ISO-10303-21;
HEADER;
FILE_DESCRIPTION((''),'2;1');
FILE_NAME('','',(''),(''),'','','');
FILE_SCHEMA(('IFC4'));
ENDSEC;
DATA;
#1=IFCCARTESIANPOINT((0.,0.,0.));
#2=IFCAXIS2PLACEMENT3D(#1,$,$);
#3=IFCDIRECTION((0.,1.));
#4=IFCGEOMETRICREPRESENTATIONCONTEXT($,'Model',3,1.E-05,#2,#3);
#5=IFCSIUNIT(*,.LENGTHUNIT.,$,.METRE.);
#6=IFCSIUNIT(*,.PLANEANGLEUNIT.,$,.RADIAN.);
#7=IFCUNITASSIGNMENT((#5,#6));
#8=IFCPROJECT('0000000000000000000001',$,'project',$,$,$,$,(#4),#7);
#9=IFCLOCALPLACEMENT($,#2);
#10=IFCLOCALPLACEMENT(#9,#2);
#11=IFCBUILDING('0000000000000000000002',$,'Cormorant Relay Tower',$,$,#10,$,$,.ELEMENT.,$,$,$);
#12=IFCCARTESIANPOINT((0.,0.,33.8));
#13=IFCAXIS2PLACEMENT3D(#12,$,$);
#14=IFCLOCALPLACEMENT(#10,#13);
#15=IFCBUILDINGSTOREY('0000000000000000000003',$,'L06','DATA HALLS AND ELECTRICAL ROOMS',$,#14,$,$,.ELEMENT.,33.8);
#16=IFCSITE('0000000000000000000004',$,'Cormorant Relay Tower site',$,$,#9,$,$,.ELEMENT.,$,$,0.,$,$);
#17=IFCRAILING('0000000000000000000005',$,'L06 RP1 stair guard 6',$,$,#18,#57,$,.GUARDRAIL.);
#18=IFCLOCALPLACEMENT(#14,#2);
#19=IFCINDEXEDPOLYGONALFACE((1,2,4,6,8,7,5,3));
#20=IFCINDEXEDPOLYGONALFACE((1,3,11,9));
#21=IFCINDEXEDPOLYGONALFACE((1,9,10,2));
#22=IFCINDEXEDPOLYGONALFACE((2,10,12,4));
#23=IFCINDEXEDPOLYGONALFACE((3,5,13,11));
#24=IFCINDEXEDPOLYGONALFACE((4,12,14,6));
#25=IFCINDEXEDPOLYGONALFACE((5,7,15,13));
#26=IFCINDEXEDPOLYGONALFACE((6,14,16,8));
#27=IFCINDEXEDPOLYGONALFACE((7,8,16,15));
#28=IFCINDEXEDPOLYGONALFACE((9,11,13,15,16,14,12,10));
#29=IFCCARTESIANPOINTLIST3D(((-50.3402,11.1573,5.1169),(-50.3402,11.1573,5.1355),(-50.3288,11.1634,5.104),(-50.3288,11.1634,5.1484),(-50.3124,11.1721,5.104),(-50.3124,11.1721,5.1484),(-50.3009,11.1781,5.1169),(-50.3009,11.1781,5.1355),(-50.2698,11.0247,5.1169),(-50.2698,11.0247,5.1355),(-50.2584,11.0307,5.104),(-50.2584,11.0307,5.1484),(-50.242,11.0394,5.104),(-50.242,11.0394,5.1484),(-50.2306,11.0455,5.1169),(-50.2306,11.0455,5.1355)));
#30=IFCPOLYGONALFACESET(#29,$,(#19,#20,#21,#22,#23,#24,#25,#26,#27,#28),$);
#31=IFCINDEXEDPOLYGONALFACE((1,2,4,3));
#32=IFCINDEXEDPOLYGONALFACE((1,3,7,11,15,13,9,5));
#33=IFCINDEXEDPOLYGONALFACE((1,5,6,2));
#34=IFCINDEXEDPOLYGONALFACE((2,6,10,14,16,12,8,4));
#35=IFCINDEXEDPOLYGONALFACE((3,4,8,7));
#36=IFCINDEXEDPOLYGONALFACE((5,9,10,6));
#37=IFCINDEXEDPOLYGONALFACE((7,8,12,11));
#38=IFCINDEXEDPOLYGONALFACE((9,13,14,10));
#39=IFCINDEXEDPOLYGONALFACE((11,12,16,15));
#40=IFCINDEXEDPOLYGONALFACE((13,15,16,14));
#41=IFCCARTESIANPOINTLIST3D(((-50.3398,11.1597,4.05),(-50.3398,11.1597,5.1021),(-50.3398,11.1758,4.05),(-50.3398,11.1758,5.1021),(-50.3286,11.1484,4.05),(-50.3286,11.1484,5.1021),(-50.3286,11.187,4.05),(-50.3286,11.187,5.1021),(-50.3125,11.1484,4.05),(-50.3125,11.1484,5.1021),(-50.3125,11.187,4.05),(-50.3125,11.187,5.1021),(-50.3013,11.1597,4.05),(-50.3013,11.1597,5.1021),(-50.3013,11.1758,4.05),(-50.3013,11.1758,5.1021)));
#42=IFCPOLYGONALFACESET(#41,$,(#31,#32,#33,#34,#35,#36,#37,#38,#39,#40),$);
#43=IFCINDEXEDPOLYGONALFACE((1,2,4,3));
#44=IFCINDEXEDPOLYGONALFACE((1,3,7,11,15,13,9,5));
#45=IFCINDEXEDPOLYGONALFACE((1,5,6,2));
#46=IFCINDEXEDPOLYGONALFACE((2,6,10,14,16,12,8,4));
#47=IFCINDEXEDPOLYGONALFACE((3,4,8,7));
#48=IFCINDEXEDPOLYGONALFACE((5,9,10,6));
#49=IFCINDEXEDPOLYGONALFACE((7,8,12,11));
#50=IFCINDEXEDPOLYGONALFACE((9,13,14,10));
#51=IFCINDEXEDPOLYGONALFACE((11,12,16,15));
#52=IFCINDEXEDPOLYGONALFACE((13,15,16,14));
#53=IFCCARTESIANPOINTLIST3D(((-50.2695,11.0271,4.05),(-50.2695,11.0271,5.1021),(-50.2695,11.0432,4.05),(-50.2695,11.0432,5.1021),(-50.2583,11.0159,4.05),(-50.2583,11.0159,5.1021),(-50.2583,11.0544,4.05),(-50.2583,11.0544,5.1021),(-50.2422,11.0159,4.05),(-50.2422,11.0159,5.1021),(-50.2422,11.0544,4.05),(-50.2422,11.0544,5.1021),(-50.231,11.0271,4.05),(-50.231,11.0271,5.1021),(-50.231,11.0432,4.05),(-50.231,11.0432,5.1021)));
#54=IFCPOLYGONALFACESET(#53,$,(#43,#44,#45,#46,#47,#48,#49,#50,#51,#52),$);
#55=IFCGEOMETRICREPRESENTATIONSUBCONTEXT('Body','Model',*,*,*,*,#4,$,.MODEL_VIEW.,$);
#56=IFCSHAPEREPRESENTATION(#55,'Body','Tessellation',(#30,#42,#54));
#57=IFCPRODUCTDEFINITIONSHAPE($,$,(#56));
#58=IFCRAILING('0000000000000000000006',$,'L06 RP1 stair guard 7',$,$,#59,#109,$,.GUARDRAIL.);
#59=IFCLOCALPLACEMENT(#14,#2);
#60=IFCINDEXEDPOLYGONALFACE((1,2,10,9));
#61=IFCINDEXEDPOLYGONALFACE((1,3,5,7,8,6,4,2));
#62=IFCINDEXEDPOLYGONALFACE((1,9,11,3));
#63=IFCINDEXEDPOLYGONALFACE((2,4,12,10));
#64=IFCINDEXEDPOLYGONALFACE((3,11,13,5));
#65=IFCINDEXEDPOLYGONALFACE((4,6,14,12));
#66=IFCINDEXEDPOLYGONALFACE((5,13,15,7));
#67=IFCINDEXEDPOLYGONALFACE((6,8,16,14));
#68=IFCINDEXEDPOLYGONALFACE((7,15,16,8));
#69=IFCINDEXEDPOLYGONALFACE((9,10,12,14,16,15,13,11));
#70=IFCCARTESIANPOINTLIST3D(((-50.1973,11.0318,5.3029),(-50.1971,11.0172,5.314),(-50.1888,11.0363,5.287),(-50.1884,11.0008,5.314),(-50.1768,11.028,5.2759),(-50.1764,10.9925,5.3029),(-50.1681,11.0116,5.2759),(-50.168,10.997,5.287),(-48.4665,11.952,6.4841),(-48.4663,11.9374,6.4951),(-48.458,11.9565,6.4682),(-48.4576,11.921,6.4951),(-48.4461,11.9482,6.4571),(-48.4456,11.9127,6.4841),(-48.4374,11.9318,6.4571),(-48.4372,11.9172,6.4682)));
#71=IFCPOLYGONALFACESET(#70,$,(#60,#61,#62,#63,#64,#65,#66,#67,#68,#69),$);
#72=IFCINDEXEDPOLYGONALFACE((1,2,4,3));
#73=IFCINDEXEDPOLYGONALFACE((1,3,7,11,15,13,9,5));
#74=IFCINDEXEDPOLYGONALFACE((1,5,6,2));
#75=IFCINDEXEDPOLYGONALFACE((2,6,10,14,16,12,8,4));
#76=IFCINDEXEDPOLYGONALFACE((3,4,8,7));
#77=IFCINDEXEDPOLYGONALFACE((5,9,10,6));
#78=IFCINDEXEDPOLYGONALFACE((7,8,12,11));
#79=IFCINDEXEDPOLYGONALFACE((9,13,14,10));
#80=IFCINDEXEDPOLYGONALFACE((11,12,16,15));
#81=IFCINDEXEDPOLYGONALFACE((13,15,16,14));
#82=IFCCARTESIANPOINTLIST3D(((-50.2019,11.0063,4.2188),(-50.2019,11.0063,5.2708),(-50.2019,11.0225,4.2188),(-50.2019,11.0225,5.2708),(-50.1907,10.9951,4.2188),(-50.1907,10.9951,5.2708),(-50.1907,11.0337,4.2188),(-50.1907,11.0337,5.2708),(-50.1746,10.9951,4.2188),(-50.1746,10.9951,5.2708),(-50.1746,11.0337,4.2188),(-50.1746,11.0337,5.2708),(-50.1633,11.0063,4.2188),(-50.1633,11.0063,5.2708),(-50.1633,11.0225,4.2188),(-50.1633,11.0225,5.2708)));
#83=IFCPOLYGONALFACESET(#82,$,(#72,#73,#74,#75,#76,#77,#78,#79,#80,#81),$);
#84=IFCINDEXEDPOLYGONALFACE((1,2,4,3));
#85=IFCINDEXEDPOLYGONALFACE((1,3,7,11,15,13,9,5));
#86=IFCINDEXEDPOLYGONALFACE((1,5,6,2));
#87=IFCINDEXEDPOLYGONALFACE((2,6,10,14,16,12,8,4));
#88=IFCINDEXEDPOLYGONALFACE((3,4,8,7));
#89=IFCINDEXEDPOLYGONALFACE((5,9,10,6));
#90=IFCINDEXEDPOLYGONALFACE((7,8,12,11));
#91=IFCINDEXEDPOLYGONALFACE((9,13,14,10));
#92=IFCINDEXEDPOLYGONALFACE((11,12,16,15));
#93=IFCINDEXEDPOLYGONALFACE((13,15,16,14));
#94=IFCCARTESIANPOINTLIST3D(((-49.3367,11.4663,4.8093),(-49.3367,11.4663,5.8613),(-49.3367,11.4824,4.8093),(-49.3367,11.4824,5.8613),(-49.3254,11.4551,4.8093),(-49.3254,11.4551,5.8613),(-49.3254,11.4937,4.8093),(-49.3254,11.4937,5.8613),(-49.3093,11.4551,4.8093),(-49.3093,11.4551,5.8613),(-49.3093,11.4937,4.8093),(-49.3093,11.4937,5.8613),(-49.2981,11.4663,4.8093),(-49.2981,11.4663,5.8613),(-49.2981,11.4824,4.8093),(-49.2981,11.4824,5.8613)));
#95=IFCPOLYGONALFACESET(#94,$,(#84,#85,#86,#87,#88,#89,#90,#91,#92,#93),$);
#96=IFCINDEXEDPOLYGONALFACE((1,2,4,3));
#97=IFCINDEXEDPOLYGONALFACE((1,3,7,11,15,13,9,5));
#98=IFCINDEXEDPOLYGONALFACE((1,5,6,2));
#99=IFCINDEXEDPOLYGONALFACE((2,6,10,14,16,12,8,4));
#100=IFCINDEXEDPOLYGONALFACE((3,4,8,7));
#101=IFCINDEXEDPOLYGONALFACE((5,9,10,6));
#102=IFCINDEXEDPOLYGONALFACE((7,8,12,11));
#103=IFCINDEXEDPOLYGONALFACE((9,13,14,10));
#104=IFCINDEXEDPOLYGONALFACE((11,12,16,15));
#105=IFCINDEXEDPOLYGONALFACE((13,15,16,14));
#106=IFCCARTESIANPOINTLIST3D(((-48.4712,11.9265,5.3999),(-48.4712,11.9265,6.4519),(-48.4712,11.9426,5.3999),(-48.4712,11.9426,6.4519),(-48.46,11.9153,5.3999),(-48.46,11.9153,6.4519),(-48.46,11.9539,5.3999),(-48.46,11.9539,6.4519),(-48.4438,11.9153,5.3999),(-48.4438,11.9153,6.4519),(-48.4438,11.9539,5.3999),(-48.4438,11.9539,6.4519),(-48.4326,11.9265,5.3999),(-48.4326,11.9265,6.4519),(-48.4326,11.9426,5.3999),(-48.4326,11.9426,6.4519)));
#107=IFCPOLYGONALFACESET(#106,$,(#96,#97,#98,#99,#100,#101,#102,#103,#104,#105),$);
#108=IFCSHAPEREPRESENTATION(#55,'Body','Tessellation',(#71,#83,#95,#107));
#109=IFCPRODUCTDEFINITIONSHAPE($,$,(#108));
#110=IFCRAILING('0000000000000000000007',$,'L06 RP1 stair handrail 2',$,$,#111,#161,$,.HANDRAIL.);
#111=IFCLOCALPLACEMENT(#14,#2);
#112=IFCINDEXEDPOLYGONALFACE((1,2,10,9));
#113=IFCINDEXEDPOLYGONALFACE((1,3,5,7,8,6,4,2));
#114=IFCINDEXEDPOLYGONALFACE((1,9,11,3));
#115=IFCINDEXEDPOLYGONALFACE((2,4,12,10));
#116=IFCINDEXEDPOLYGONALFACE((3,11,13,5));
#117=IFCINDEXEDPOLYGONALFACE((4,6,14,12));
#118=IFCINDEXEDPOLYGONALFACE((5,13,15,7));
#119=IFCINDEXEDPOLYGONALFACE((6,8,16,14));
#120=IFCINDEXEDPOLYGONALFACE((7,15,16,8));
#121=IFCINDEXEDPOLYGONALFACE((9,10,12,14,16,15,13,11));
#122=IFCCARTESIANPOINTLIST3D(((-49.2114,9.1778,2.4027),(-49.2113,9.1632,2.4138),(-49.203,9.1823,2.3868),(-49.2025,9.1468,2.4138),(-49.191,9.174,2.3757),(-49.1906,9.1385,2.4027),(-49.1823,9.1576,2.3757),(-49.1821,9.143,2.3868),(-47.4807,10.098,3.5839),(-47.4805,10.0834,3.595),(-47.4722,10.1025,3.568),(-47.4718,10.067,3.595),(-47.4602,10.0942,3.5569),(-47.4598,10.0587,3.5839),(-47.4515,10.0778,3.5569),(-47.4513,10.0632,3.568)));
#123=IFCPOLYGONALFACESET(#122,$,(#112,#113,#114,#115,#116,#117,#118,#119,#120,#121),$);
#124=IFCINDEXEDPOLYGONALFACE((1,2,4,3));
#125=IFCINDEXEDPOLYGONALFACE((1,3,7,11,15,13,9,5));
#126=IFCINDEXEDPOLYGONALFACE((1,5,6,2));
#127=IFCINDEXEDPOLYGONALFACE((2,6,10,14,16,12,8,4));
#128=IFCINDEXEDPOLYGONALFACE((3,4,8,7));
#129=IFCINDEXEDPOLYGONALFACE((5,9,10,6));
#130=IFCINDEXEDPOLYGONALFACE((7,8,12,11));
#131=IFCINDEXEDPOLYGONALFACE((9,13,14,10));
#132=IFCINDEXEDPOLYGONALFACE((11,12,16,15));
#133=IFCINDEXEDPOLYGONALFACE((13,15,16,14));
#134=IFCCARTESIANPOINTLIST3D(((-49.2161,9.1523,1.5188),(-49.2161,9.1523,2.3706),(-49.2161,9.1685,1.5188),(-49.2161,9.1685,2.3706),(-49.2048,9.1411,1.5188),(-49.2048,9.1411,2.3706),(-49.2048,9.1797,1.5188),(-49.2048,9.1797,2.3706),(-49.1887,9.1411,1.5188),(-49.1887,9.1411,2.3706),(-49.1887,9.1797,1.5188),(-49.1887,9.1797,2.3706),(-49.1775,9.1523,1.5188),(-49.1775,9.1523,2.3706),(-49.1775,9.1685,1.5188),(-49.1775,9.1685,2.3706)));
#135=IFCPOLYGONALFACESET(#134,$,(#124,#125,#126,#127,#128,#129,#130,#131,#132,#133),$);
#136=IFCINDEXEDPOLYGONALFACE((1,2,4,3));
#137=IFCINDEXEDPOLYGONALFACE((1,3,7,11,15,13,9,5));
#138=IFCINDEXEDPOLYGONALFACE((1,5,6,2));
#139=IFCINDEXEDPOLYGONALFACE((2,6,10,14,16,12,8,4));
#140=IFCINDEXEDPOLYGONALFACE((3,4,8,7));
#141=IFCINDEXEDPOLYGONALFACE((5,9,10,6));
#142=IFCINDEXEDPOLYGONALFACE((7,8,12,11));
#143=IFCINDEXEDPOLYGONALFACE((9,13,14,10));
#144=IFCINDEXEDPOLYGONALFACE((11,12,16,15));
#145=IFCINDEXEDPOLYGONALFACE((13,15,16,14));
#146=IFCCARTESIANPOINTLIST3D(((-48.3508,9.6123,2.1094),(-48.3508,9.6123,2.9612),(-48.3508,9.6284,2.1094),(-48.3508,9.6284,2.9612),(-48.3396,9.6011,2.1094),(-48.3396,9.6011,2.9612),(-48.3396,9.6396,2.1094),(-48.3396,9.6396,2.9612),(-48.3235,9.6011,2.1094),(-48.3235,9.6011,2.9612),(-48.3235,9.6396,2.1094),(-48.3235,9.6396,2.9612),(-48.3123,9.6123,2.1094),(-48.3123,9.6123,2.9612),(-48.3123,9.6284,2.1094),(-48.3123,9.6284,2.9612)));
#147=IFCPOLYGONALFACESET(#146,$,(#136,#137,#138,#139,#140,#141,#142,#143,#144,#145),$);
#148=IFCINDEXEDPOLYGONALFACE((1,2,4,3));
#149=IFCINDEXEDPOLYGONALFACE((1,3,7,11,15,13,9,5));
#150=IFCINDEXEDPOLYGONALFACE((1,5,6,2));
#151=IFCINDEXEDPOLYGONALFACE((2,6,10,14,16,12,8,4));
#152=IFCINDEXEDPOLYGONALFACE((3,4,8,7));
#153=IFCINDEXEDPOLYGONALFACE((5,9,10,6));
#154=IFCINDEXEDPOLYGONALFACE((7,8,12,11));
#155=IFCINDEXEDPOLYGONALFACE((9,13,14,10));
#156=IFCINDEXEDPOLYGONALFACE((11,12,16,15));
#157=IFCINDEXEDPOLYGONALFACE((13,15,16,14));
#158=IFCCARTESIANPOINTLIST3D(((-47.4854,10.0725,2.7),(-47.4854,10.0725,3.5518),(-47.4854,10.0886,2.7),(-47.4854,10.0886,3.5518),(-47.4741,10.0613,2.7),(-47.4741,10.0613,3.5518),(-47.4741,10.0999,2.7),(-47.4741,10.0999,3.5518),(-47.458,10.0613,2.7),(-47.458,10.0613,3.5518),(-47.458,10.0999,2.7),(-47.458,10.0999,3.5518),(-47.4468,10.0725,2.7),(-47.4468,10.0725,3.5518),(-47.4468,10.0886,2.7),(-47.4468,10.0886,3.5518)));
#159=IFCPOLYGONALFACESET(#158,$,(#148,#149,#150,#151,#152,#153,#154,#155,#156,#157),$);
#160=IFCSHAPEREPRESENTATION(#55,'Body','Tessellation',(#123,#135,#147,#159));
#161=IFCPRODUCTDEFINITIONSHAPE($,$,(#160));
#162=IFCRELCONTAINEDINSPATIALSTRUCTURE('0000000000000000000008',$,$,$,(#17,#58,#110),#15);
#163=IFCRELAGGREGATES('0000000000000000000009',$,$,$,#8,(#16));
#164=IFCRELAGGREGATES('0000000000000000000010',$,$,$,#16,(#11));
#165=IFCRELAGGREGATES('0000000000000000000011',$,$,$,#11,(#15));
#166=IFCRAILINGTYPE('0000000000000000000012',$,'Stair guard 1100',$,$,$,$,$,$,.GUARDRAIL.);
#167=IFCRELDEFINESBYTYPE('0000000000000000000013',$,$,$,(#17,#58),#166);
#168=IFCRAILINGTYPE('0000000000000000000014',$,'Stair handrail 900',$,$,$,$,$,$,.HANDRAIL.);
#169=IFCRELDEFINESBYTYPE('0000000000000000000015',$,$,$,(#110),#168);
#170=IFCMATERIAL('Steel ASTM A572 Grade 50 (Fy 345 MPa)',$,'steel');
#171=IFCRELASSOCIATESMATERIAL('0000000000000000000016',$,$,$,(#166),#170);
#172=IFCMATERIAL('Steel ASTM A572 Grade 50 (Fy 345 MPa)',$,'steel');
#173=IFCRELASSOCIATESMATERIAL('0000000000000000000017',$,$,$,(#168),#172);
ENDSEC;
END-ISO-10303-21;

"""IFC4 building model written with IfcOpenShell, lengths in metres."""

from ifc_helpers import new_model, si_unit, direction, frame, origin, place, context, subcontext, project, spatial, polyline, outline, extrude, material, type_object, element, save


model = new_model("IFC4")

# Units and contexts
model_context = context("Model", 3, precision=1e-05, world=origin(), true_north=direction((0.0, 1.0)))
body_context = subcontext(model_context, "Body", "Model", "MODEL_VIEW")
ifc_project = project(units=[si_unit("LENGTHUNIT", "METRE"), si_unit("PLANEANGLEUNIT", "RADIAN")], contexts=[model_context])

# Site, building, storey
site_placement = place(None, origin())
site = spatial("IfcSite", under=ifc_project, at=site_placement, Name="Cormorant Relay Tower site", CompositionType="ELEMENT", RefElevation=0.0)
building_placement = place(site_placement, origin())
building = spatial("IfcBuilding", under=site, at=building_placement, Name="Cormorant Relay Tower", CompositionType="ELEMENT")
storey_placement = place(building_placement, frame((0.0, 0.0, 33.8)))
storey = spatial("IfcBuildingStorey", under=building, at=storey_placement, Name="L06", Description="DATA HALLS AND ELECTRICAL ROOMS", CompositionType="ELEMENT", Elevation=33.8)

# Railings
ifc_material_1 = material(Name="Steel ASTM A572 Grade 50 (Fy 345 MPa)", Category="steel")
railing_type_1 = type_object("IfcRailingType", Name="Stair guard 1100", PredefinedType="GUARDRAIL", material=ifc_material_1)
railing_1_placement = place(storey_placement, frame((-50.3206, 11.1677, 4.05)))
element("IfcRailing", 1, at=railing_1_placement, inside=storey, type_object=railing_type_1, Name="L06 RP1 stair guard 6", PredefinedType="GUARDRAIL", context=body_context, shape_type="SweptSolid", body=[
    extrude(outline(polyline([(0.0222, 0.0093), (0.0093, 0.0222), (-0.0093, 0.0222), (-0.0222, 0.0093), (-0.0222, -0.0093), (-0.0093, -0.0222), (0.0093, -0.0222), (0.0222, -0.0093), (0.0222, 0.0093)])), frame((0.0, 0.0, 1.0762), z_axis=(0.46856, -0.883431, 0.0), x_axis=(0.883431, 0.46856, 0.0)), (0.0, 0.0, 1.0), 0.1501),
    extrude(outline(polyline([(0.0193, 0.0081), (0.0081, 0.0193), (-0.0081, 0.0193), (-0.0193, 0.0081), (-0.0193, -0.0081), (-0.0081, -0.0193), (0.0081, -0.0193), (0.0193, -0.0081), (0.0193, 0.0081)])), origin(), (0.0, 0.0, 1.0), 1.052),
    extrude(outline(polyline([(0.0193, 0.0081), (0.0081, 0.0193), (-0.0081, 0.0193), (-0.0193, 0.0081), (-0.0193, -0.0081), (-0.0081, -0.0193), (0.0081, -0.0193), (0.0193, -0.0081), (0.0193, 0.0081)])), frame((0.0703, -0.1326, 0.0)), (0.0, 0.0, 1.0), 1.052),
])
railing_2_placement = place(storey_placement, frame((-50.1826, 11.0144, 4.2188)))
element("IfcRailing", 2, at=railing_2_placement, inside=storey, type_object=railing_type_1, Name="L06 RP1 stair guard 7", PredefinedType="GUARDRAIL", context=body_context, shape_type="SweptSolid", body=[
    extrude(outline(polyline([(0.0222, 0.0093), (0.0093, 0.0222), (-0.0093, 0.0222), (-0.0222, 0.0093), (-0.0222, -0.0093), (-0.0093, -0.0222), (0.0093, -0.0222), (0.0222, -0.0093), (0.0222, 0.0093)])), frame((0.0, 0.0, 1.0762), z_axis=(0.756268, 0.402084, 0.516127), x_axis=(-0.469444, 0.882962, 0.0)), (0.0, 0.0, 1.0), 2.2886),
    extrude(outline(polyline([(0.0193, 0.0081), (0.0081, 0.0193), (-0.0081, 0.0193), (-0.0193, 0.0081), (-0.0193, -0.0081), (-0.0081, -0.0193), (0.0081, -0.0193), (0.0193, -0.0081), (0.0193, 0.0081)])), origin(), (0.0, 0.0, 1.0), 1.052),
    extrude(outline(polyline([(0.0193, 0.0081), (0.0081, 0.0193), (-0.0081, 0.0193), (-0.0193, 0.0081), (-0.0193, -0.0081), (-0.0081, -0.0193), (0.0081, -0.0193), (0.0193, -0.0081), (0.0193, 0.0081)])), frame((0.8652, 0.46, 0.5906)), (0.0, 0.0, 1.0), 1.052),
    extrude(outline(polyline([(0.0193, 0.0081), (0.0081, 0.0193), (-0.0081, 0.0193), (-0.0193, 0.0081), (-0.0193, -0.0081), (-0.0081, -0.0193), (0.0081, -0.0193), (0.0193, -0.0081), (0.0193, 0.0081)])), frame((1.7307, 0.9202, 1.1812)), (0.0, 0.0, 1.0), 1.052),
])
ifc_material_2 = material(Name="Steel ASTM A572 Grade 50 (Fy 345 MPa)", Category="steel")
railing_type_2 = type_object("IfcRailingType", Name="Stair handrail 900", PredefinedType="HANDRAIL", material=ifc_material_2)
for number, where, name in (
    (3, (-49.1968, 9.1604, 1.5188), "L06 RP1 stair handrail 2"),
):
    element("IfcRailing", number, at=place(storey_placement, frame(where)), inside=storey, type_object=railing_type_2, Name=name, PredefinedType="HANDRAIL", context=body_context, shape_type="SweptSolid", body=[
        extrude(outline(polyline([(0.0222, 0.0093), (0.0093, 0.0222), (-0.0093, 0.0222), (-0.0222, 0.0093), (-0.0222, -0.0093), (-0.0093, -0.0222), (0.0093, -0.0222), (0.0222, -0.0093), (0.0222, 0.0093)])), frame((0.0, 0.0, 0.876), z_axis=(0.756268, 0.402084, 0.516127), x_axis=(-0.469444, 0.882962, 0.0)), (0.0, 0.0, 1.0), 2.2886),
        extrude(outline(polyline([(0.0193, 0.0081), (0.0081, 0.0193), (-0.0081, 0.0193), (-0.0193, 0.0081), (-0.0193, -0.0081), (-0.0081, -0.0193), (0.0081, -0.0193), (0.0193, -0.0081), (0.0193, 0.0081)])), origin(), (0.0, 0.0, 1.0), 0.8518),
        extrude(outline(polyline([(0.0193, 0.0081), (0.0081, 0.0193), (-0.0081, 0.0193), (-0.0193, 0.0081), (-0.0193, -0.0081), (-0.0081, -0.0193), (0.0081, -0.0193), (0.0193, -0.0081), (0.0193, 0.0081)])), frame((0.8652, 0.46, 0.5906)), (0.0, 0.0, 1.0), 0.8518),
        extrude(outline(polyline([(0.0193, 0.0081), (0.0081, 0.0193), (-0.0081, 0.0193), (-0.0193, 0.0081), (-0.0193, -0.0081), (-0.0081, -0.0193), (0.0081, -0.0193), (0.0193, -0.0081), (0.0193, 0.0081)])), frame((1.7307, 0.9202, 1.1812)), (0.0, 0.0, 1.0), 0.8518),
    ])

save(model, "model.ifc")
